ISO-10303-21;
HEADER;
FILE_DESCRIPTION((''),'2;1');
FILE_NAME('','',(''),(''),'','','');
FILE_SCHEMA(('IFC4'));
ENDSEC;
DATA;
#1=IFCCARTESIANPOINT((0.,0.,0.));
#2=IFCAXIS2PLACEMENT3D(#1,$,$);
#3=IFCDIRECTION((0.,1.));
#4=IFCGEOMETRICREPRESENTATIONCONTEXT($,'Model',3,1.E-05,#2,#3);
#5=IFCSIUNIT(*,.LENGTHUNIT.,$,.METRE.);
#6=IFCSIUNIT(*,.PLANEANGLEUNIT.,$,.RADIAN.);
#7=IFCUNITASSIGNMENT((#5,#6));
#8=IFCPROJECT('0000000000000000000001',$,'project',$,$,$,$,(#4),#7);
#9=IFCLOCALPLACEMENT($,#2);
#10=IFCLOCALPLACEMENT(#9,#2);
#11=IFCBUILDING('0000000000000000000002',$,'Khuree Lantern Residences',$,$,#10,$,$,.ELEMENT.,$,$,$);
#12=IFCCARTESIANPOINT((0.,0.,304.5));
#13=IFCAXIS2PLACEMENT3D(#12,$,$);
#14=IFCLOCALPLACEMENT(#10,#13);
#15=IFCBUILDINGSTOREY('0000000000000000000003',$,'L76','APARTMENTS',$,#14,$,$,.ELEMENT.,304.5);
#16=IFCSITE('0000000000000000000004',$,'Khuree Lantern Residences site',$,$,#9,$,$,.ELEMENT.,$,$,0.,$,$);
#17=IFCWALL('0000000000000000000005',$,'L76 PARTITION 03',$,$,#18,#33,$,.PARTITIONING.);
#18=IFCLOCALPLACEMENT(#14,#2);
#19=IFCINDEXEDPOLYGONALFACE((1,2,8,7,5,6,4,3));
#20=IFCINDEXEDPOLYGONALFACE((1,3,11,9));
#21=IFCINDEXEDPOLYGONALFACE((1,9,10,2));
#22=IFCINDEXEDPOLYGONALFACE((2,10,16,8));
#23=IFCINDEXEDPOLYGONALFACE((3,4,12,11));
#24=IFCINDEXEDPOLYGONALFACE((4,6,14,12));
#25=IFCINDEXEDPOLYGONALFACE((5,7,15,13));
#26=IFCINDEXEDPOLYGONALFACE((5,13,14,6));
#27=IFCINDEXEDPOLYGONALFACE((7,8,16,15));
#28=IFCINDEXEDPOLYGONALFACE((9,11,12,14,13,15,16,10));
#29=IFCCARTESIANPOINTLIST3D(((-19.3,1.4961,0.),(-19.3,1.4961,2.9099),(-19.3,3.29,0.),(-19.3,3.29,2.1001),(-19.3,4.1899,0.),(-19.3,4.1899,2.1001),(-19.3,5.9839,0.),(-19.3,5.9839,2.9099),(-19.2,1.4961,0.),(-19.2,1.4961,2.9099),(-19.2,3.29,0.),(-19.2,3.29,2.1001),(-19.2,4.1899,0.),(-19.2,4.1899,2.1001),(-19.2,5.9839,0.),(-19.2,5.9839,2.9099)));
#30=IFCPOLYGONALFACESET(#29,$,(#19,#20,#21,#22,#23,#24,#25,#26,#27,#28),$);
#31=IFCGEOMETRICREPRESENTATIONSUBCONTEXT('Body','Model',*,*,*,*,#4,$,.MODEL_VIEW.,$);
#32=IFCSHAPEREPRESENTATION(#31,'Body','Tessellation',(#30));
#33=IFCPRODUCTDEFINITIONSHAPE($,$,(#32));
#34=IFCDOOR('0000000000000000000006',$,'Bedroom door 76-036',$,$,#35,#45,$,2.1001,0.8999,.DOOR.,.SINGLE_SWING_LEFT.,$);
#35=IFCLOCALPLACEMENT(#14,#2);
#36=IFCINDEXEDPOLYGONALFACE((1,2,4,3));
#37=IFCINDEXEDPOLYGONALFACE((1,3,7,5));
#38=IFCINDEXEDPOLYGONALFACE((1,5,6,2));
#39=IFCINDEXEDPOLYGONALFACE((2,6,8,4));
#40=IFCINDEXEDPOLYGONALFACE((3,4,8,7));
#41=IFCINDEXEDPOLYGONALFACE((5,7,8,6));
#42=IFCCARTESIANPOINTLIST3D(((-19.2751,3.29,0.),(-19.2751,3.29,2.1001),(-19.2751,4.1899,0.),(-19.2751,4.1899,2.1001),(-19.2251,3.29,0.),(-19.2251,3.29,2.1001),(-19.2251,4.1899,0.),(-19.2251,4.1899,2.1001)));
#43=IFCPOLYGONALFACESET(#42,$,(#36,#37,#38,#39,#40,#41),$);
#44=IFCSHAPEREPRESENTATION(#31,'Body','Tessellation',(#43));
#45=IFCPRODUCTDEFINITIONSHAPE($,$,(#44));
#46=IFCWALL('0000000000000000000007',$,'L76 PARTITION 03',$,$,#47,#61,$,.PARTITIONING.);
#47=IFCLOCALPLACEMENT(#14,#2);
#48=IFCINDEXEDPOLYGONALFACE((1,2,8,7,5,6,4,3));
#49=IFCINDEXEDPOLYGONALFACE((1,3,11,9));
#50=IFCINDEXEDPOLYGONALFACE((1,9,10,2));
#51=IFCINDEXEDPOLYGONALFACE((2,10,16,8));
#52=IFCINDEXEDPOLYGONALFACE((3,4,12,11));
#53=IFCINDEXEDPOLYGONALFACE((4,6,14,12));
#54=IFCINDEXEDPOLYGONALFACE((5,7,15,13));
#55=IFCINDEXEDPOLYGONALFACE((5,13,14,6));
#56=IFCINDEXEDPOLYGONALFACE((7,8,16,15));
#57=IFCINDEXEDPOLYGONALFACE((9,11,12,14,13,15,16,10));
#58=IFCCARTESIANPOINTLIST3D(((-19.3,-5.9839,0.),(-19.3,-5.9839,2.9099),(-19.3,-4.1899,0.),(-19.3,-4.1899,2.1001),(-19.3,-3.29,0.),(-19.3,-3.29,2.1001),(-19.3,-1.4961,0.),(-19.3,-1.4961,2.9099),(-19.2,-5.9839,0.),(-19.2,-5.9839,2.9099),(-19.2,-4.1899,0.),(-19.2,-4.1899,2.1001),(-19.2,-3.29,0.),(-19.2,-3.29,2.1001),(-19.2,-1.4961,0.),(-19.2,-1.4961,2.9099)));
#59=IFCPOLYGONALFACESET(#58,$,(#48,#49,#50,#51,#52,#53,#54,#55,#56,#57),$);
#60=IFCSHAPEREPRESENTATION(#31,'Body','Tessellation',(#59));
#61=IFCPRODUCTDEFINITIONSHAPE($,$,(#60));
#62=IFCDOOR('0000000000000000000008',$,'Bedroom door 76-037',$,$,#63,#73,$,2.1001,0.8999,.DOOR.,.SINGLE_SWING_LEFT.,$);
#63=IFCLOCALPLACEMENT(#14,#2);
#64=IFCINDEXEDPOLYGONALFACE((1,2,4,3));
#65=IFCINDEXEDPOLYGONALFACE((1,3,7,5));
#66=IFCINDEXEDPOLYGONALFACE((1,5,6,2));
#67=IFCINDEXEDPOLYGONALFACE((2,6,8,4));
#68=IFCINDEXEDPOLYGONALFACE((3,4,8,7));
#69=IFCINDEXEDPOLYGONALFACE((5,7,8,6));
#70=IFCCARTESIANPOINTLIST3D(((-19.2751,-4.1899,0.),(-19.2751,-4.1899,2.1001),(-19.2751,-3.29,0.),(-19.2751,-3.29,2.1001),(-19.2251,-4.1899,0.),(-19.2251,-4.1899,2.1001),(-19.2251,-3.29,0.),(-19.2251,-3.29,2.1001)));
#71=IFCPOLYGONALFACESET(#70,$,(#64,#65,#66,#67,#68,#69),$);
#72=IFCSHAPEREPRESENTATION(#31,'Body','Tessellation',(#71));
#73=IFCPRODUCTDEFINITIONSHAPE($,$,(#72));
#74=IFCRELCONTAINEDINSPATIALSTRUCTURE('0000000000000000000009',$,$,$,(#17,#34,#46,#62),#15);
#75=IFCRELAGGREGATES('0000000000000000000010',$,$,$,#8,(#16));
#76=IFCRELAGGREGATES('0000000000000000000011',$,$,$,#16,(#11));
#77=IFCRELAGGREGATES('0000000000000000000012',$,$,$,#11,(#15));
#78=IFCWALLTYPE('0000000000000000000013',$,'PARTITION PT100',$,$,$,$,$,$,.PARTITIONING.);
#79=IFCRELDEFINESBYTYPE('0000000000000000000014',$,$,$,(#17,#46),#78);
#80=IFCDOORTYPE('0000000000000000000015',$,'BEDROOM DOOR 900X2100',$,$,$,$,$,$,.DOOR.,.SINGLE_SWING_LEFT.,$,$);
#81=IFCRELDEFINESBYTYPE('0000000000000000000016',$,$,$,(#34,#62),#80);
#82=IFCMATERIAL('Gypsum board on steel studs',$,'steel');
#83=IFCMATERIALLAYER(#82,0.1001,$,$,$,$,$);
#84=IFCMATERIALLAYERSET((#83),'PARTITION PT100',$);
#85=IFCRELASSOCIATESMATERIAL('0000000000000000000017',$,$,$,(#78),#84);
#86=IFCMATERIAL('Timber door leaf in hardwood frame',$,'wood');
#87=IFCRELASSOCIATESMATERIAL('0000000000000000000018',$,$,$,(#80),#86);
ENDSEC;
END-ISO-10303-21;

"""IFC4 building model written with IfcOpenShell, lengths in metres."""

from ifc_helpers import new_model, si_unit, direction, frame, frame_2d, origin, place, context, subcontext, project, spatial, rectangle, extrude, material, layer, layer_set, type_object, element, fill, save


model = new_model("IFC4")

# Units and contexts
model_context = context("Model", 3, precision=1e-05, world=origin(), true_north=direction((0.0, 1.0)))
body_context = subcontext(model_context, "Body", "Model", "MODEL_VIEW")
ifc_project = project(units=[si_unit("LENGTHUNIT", "METRE"), si_unit("PLANEANGLEUNIT", "RADIAN")], contexts=[model_context])

# Site, building, storey
site_placement = place(None, origin())
site = spatial("IfcSite", under=ifc_project, at=site_placement, Name="Khuree Lantern Residences site", CompositionType="ELEMENT", RefElevation=0.0)
building_placement = place(site_placement, origin())
building = spatial("IfcBuilding", under=site, at=building_placement, Name="Khuree Lantern Residences", CompositionType="ELEMENT")
storey_placement = place(building_placement, frame((0.0, 0.0, 304.5)))
storey = spatial("IfcBuildingStorey", under=building, at=storey_placement, Name="L76", Description="APARTMENTS", CompositionType="ELEMENT", Elevation=304.5)

# Shared definitions
ifc_material_1 = material(Name="Gypsum board on steel studs", Category="steel")

# Shared definitions
ifc_material_2 = material(Name="Timber door leaf in hardwood frame", Category="wood")

# Shared definitions
ifc_layer_1 = layer(ifc_material_1, 0.1001)
ifc_layer_set_1 = layer_set([ifc_layer_1], Name="PARTITION PT100")
wall_type_1 = type_object("IfcWallType", Name="PARTITION PT100", PredefinedType="PARTITIONING", material=ifc_layer_set_1)

# Walls, openings, doors
door_type_1 = type_object("IfcDoorType", Name="BEDROOM DOOR 900X2100", OperationType="SINGLE_SWING_LEFT", PredefinedType="DOOR", material=ifc_material_2)
wall_1_placement = place(storey_placement, frame((-19.25, 5.9839, 0.0), z_axis=(0.0, 0.0, 1.0), x_axis=(0.0, -1.0, 0.0)))
wall_1 = element("IfcWall", 1, at=wall_1_placement, inside=storey, type_object=wall_type_1, Name="L76 PARTITION 03", PredefinedType="PARTITIONING", context=body_context, shape_type="SweptSolid", body=[
    extrude(rectangle(XDim=4.4878, YDim=0.1001, at=frame_2d((2.2439, 0.0))), origin(), (0.0, 0.0, 1.0), 2.9099),
])
opening_1_placement = place(wall_1_placement, frame((1.7939, 0.0, 0.0)))
opening_1 = element("IfcOpeningElement", 2, at=opening_1_placement, cuts=wall_1, PredefinedType="OPENING", context=body_context, shape_type="SweptSolid", body=[
    extrude(rectangle(XDim=0.8999, YDim=2.1001, at=frame_2d((0.45, 1.05))), frame((0.0, 0.0601, 0.0), z_axis=(0.0, -1.0, 0.0), x_axis=(1.0, 0.0, 0.0)), (0.0, 0.0, 1.0), 0.1201),
])
door_1_placement = place(opening_1_placement, origin())
door_1 = element("IfcDoor", 3, at=door_1_placement, inside=storey, type_object=door_type_1, Name="Bedroom door 76-036", OperationType="SINGLE_SWING_LEFT", OverallHeight=2.1001, OverallWidth=0.8999, PredefinedType="DOOR", context=body_context, shape_type="SweptSolid", body=[
    extrude(rectangle(XDim=0.8999, YDim=2.1001, at=frame_2d((0.45, 1.05))), frame((0.0, 0.0249, 0.0), z_axis=(0.0, -1.0, 0.0), x_axis=(1.0, 0.0, 0.0)), (0.0, 0.0, 1.0), 0.05),
])
fill(opening_1, door_1)
wall_2_placement = place(storey_placement, frame((-19.25, -1.4961, 0.0), z_axis=(0.0, 0.0, 1.0), x_axis=(0.0, -1.0, 0.0)))
wall_2 = element("IfcWall", 4, at=wall_2_placement, inside=storey, type_object=wall_type_1, Name="L76 PARTITION 03", PredefinedType="PARTITIONING", context=body_context, shape_type="SweptSolid", body=[
    extrude(rectangle(XDim=4.4878, YDim=0.1001, at=frame_2d((2.2439, 0.0))), origin(), (0.0, 0.0, 1.0), 2.9099),
])
opening_2_placement = place(wall_2_placement, frame((1.7939, 0.0, 0.0)))
opening_2 = element("IfcOpeningElement", 5, at=opening_2_placement, cuts=wall_2, PredefinedType="OPENING", context=body_context, shape_type="SweptSolid", body=[
    extrude(rectangle(XDim=0.8999, YDim=2.1001, at=frame_2d((0.45, 1.05))), frame((0.0, 0.0601, 0.0), z_axis=(0.0, -1.0, 0.0), x_axis=(1.0, 0.0, 0.0)), (0.0, 0.0, 1.0), 0.1201),
])
door_2_placement = place(opening_2_placement, origin())
door_2 = element("IfcDoor", 6, at=door_2_placement, inside=storey, type_object=door_type_1, Name="Bedroom door 76-037", OperationType="SINGLE_SWING_LEFT", OverallHeight=2.1001, OverallWidth=0.8999, PredefinedType="DOOR", context=body_context, shape_type="SweptSolid", body=[
    extrude(rectangle(XDim=0.8999, YDim=2.1001, at=frame_2d((0.45, 1.05))), frame((0.0, 0.0249, 0.0), z_axis=(0.0, -1.0, 0.0), x_axis=(1.0, 0.0, 0.0)), (0.0, 0.0, 1.0), 0.05),
])
fill(opening_2, door_2)

save(model, "model.ifc")
